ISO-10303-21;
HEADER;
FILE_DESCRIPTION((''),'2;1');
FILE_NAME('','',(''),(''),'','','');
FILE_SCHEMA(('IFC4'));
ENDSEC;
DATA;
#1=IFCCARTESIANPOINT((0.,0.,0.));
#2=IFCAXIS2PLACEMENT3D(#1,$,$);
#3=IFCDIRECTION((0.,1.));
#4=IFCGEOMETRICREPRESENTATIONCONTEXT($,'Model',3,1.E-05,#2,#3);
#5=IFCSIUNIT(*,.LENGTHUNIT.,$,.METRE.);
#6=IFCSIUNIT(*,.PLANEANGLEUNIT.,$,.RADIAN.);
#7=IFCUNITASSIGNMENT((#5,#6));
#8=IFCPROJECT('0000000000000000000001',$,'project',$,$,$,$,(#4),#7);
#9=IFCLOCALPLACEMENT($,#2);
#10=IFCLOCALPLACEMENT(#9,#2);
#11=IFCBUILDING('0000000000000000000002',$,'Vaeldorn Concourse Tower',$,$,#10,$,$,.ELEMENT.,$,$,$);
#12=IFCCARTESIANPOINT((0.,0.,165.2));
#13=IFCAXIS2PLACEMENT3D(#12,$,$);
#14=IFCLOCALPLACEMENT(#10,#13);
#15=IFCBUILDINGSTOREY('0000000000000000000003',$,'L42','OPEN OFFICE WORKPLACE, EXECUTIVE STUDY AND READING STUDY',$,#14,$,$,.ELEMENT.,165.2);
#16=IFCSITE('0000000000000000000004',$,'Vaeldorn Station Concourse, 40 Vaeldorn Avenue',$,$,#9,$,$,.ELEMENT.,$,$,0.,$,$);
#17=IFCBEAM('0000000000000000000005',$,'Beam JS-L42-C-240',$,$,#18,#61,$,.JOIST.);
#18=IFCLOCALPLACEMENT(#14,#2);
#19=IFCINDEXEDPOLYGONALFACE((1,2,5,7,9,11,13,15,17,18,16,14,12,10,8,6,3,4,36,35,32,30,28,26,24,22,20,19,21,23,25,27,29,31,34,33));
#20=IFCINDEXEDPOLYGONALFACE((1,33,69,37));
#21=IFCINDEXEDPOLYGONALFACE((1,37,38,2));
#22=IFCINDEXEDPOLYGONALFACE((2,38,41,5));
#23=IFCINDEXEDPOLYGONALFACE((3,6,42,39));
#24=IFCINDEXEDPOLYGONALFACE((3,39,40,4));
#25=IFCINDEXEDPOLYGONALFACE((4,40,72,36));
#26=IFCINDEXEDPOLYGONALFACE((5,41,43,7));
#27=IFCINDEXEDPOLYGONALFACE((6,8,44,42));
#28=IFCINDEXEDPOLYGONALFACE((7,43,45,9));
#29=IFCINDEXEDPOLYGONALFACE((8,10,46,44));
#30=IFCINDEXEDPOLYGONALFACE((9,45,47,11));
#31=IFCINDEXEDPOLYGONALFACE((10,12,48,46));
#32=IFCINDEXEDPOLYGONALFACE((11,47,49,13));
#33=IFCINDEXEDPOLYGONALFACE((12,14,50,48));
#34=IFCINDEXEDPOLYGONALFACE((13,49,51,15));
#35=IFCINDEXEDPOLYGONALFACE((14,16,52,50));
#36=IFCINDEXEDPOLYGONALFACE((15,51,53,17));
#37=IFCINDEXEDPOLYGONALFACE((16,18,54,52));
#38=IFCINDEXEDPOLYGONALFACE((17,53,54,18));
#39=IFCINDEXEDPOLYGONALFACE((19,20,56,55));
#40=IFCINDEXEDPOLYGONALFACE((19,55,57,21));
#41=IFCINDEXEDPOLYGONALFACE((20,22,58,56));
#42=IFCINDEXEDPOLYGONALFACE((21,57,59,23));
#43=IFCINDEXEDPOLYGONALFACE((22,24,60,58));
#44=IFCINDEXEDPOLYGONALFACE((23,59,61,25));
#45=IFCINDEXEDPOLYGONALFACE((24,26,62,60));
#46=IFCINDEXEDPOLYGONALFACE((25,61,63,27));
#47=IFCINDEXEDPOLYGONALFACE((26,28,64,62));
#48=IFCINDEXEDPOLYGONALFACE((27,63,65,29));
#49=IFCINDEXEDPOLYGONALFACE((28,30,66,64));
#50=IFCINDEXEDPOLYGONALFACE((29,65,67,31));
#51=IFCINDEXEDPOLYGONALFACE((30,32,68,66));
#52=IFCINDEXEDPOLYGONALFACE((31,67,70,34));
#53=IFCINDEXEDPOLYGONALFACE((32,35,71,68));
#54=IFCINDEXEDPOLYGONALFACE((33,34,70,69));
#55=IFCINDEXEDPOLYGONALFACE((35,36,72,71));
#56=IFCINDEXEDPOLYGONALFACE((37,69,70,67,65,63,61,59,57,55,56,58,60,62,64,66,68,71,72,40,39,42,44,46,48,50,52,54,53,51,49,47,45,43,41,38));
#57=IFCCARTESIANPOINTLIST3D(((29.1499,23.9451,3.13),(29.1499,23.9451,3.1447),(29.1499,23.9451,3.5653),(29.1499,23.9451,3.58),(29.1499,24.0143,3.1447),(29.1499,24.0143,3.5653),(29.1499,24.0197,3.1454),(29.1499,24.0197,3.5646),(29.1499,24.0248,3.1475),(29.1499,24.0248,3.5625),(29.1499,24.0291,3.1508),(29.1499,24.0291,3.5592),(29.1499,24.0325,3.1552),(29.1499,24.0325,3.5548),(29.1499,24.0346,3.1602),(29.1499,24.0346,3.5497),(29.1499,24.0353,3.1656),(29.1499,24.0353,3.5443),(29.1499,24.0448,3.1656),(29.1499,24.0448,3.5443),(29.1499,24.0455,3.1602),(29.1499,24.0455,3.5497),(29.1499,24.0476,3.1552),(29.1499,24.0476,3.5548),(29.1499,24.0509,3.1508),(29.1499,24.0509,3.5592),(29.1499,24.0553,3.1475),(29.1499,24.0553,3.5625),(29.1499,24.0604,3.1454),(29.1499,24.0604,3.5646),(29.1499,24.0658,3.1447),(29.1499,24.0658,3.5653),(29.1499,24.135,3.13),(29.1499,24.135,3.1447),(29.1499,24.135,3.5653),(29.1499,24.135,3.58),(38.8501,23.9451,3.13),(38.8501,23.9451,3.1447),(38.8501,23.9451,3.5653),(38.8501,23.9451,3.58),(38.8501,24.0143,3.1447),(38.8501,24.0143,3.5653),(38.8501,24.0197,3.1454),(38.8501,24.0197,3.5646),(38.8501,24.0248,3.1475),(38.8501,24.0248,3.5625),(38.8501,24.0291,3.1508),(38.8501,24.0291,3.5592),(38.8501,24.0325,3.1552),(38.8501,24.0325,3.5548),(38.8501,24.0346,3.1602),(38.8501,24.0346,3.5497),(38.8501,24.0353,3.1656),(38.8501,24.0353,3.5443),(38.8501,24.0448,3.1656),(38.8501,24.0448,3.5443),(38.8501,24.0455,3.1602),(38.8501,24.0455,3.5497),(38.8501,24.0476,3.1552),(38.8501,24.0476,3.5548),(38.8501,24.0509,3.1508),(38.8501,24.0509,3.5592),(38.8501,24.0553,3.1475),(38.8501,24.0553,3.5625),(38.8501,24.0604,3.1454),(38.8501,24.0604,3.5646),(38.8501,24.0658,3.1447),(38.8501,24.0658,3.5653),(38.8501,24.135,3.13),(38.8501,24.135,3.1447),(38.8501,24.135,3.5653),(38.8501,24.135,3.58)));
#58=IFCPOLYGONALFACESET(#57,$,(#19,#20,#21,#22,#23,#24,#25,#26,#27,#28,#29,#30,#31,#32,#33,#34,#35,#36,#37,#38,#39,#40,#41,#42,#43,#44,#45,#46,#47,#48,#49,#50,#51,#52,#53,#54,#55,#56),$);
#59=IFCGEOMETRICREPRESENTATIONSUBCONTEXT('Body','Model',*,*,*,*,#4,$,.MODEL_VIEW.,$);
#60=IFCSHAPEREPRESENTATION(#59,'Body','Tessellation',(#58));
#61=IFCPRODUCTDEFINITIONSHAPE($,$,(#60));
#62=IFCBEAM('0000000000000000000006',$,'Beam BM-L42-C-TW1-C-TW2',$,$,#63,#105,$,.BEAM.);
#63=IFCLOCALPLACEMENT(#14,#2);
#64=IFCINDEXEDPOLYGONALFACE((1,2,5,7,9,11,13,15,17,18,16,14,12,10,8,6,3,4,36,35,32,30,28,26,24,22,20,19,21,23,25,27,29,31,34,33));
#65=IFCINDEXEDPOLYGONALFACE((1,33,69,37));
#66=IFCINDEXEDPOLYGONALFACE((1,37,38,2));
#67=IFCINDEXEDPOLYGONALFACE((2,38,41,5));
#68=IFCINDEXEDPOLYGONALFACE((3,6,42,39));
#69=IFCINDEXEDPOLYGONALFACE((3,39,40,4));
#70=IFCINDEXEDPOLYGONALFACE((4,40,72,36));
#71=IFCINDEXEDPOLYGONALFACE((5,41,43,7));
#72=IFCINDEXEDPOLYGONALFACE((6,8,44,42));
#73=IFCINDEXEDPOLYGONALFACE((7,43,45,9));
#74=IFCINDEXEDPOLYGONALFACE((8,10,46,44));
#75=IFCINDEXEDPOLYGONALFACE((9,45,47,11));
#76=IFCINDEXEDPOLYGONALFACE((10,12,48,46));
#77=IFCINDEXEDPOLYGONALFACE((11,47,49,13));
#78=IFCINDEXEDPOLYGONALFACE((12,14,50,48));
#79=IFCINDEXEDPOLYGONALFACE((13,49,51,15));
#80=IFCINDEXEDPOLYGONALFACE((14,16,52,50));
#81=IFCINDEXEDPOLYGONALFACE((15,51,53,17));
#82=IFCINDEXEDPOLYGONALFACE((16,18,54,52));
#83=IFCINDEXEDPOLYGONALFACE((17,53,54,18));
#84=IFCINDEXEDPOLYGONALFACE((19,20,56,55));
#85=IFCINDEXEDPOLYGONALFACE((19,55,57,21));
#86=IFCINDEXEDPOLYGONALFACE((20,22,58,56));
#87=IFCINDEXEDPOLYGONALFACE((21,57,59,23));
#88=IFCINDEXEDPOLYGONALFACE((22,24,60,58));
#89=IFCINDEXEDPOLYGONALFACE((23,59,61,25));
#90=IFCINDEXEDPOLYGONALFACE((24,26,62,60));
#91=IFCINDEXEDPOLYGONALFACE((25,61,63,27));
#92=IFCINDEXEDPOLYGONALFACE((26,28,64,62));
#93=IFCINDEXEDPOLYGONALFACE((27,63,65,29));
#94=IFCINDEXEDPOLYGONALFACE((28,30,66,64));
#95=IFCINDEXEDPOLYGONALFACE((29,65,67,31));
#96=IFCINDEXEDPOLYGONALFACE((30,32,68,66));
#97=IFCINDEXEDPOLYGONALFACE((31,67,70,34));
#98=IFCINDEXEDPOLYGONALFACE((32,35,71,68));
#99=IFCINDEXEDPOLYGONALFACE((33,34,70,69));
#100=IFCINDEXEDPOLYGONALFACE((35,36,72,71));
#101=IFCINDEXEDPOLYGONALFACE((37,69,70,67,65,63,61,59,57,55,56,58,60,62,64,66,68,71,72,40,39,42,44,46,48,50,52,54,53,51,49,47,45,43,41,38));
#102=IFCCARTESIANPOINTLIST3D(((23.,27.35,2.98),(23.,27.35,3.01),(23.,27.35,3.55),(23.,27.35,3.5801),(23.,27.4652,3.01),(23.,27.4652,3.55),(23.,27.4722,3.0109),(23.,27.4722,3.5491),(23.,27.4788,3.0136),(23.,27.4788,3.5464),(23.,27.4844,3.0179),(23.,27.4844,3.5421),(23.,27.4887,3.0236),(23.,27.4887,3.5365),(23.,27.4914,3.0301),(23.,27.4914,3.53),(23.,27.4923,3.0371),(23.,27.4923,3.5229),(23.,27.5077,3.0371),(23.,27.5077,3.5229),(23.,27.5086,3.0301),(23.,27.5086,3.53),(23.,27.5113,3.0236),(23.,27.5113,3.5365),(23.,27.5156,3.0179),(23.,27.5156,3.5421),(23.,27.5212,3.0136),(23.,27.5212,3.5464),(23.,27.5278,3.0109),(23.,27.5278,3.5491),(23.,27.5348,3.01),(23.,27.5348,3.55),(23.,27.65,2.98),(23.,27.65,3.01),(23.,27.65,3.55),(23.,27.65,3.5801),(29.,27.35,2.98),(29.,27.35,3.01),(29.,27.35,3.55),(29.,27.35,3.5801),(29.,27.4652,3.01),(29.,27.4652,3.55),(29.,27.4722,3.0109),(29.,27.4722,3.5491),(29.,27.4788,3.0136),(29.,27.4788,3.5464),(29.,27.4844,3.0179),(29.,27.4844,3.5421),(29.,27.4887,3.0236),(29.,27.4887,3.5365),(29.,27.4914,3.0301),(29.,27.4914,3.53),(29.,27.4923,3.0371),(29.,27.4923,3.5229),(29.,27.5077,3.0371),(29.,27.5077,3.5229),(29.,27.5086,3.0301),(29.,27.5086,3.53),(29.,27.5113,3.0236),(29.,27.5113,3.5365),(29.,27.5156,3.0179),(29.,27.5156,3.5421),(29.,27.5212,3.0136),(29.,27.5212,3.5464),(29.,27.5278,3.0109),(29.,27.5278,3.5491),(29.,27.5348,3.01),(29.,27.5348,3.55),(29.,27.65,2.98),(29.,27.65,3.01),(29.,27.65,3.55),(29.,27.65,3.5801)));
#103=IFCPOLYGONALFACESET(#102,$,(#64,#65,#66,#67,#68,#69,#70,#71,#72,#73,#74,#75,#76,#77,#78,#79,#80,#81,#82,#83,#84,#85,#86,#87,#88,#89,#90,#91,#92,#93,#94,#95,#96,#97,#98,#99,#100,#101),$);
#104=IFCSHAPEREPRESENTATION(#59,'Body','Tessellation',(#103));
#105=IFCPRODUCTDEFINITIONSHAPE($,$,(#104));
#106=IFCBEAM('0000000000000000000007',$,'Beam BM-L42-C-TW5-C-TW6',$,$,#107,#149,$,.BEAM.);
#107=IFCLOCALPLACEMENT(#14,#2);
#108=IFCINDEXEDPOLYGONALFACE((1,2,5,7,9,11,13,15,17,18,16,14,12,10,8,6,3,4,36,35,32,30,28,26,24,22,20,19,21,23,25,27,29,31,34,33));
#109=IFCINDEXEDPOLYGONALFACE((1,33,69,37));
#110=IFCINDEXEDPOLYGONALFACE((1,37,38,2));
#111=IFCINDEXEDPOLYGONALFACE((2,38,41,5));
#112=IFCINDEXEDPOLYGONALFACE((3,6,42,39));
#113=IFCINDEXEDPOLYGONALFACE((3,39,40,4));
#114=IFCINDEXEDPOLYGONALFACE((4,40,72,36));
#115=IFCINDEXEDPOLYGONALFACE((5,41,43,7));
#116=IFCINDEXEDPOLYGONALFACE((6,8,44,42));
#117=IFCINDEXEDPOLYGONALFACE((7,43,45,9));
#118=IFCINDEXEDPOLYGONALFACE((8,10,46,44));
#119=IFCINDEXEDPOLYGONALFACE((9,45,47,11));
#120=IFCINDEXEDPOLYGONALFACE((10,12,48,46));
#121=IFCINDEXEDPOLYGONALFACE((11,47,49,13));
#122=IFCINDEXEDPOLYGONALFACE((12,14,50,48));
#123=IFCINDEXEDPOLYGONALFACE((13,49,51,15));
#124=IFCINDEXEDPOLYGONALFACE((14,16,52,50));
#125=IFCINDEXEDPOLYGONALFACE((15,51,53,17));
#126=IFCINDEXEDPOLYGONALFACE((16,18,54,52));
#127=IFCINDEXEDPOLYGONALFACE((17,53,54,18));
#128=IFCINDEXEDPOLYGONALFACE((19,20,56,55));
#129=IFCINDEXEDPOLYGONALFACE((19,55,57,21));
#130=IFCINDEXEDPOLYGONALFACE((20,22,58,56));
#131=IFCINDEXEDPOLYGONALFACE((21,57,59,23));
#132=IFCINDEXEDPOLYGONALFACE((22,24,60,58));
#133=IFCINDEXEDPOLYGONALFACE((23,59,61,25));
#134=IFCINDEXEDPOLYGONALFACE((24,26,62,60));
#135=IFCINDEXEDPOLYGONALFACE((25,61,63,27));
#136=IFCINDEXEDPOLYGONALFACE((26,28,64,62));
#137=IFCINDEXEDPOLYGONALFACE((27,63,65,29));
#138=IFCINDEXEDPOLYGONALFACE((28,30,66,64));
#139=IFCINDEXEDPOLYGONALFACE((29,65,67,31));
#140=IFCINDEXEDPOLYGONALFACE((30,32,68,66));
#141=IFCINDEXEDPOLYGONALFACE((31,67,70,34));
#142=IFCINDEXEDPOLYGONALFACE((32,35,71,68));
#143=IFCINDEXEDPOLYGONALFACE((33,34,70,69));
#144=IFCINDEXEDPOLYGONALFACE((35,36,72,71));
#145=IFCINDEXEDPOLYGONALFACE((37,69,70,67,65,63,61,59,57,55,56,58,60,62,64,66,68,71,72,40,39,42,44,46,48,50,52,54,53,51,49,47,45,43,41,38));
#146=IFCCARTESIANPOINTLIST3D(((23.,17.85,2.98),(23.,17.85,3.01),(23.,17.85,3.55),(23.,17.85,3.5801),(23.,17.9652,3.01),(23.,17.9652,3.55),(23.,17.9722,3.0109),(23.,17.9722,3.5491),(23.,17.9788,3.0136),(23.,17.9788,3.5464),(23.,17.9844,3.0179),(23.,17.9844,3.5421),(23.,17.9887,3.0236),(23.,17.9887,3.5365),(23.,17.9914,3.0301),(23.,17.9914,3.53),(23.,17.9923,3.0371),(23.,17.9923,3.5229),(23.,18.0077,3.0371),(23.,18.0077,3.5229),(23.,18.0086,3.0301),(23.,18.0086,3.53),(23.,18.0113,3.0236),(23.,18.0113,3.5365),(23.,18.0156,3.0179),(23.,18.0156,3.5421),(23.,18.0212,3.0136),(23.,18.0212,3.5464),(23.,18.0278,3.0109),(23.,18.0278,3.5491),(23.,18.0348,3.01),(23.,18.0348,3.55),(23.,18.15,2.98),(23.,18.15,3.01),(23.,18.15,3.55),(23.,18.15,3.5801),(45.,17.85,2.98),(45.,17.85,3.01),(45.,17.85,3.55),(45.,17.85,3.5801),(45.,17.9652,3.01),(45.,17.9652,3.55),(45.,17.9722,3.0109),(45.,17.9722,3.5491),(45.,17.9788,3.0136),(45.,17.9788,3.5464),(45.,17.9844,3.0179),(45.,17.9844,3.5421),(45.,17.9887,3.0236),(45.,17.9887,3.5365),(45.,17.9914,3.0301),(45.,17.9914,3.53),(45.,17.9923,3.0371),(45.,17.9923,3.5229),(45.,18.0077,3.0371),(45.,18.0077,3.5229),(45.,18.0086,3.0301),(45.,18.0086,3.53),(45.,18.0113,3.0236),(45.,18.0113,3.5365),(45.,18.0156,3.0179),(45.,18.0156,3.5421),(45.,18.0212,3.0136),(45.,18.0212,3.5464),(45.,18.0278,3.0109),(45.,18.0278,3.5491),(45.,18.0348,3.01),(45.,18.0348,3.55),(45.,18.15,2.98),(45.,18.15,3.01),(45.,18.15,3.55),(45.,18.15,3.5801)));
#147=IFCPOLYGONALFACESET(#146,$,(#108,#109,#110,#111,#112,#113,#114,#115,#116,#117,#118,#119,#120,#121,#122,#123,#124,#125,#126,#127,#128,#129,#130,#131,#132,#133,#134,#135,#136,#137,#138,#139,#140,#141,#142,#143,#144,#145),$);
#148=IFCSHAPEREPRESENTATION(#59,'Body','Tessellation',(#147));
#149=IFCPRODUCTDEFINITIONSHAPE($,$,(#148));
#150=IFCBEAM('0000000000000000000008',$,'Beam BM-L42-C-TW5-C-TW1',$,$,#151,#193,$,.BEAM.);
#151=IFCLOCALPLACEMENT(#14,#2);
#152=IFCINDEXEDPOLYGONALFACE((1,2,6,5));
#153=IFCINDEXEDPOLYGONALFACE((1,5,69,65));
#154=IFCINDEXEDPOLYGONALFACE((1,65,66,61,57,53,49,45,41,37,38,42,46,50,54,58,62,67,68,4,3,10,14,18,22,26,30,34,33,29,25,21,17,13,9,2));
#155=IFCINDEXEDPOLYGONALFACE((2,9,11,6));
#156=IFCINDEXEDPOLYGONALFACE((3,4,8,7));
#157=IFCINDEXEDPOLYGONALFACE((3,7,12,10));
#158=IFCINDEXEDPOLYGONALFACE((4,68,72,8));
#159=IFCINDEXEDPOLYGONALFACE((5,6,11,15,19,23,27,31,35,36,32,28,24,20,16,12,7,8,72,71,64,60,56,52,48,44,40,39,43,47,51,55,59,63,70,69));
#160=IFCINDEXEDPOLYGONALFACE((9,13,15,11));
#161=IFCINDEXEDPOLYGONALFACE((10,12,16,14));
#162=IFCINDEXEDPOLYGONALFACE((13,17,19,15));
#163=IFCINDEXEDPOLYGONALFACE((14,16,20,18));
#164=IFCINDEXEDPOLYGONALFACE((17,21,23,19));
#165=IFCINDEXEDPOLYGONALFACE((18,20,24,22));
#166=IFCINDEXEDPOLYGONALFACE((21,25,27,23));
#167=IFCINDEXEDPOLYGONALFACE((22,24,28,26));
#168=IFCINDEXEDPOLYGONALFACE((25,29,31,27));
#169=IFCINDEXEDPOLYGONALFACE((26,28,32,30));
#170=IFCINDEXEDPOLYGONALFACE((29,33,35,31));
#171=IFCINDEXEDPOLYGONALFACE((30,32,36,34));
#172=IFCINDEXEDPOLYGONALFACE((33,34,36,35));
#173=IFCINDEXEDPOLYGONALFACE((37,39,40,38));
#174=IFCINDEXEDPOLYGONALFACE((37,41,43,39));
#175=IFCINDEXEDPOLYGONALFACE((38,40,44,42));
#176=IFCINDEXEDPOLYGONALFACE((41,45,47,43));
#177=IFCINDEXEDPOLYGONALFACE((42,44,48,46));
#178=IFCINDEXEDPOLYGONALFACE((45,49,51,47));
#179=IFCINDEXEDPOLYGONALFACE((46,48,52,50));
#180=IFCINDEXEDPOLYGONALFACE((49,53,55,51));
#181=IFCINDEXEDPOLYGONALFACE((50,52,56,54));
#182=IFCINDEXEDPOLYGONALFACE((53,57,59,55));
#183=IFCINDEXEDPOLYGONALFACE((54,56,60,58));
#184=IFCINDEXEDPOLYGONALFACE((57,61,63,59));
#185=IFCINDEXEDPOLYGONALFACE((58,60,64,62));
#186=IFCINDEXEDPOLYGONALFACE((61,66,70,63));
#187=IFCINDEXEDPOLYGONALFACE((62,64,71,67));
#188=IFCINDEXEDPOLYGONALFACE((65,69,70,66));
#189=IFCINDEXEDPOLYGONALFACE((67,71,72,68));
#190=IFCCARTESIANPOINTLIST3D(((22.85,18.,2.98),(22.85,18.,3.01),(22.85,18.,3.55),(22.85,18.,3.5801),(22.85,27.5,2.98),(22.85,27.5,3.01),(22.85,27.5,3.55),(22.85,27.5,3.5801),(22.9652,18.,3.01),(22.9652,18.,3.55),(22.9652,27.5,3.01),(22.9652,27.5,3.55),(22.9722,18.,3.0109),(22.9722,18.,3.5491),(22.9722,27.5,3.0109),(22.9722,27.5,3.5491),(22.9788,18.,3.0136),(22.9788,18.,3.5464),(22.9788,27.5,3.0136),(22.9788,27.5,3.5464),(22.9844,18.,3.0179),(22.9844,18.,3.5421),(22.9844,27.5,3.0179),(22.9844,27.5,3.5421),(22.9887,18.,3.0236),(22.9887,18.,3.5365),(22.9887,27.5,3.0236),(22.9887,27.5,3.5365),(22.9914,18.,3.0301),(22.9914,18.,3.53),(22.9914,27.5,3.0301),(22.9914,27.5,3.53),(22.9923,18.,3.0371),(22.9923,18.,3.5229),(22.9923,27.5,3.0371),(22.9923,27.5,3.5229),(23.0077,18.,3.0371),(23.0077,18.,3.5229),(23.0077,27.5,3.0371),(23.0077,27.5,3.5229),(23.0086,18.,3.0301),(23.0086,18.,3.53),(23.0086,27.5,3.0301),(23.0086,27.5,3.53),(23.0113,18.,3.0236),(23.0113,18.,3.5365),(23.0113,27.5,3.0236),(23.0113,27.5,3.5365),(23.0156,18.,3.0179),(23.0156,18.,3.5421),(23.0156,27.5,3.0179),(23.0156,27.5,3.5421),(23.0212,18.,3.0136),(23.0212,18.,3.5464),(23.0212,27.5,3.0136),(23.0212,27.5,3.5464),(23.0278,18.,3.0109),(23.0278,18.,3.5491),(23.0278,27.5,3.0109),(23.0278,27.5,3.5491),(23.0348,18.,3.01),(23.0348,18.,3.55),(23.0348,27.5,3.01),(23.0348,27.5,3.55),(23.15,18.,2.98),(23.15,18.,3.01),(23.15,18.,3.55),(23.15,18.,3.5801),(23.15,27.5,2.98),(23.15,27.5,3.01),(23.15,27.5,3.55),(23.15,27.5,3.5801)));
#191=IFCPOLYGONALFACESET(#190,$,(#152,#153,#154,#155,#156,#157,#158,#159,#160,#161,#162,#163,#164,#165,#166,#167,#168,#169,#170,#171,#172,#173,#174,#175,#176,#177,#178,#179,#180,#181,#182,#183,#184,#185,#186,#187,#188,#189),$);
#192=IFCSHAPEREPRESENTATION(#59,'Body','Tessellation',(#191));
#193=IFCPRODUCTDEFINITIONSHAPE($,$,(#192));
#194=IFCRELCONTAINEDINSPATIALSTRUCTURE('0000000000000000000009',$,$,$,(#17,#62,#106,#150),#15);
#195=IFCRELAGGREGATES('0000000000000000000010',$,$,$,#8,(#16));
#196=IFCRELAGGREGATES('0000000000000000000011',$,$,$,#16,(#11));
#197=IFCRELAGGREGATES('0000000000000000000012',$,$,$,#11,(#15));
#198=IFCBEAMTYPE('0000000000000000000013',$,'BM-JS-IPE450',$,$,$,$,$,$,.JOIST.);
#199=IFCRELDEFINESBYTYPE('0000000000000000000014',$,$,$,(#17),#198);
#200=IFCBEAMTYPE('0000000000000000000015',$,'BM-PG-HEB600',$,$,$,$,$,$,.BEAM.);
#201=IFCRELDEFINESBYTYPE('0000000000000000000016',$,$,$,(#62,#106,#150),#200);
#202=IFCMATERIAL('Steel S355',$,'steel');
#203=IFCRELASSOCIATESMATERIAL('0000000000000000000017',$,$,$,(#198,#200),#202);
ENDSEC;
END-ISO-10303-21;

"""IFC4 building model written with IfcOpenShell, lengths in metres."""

from ifc_helpers import new_model, si_unit, direction, frame, origin, origin_2d, place, context, subcontext, project, spatial, i_section, extrude, source, transform, mapped, material, material_profile, profile_set, type_object, element, save


model = new_model("IFC4")

# Units and contexts
model_context = context("Model", 3, precision=1e-05, world=origin(), true_north=direction((0.0, 1.0)))
body_context = subcontext(model_context, "Body", "Model", "MODEL_VIEW")
ifc_project = project(units=[si_unit("LENGTHUNIT", "METRE"), si_unit("PLANEANGLEUNIT", "RADIAN")], contexts=[model_context])

# Site, building, storey
site_placement = place(None, origin())
site = spatial("IfcSite", under=ifc_project, at=site_placement, Name="Vaeldorn Station Concourse, 40 Vaeldorn Avenue", CompositionType="ELEMENT", RefElevation=0.0)
building_placement = place(site_placement, origin())
building = spatial("IfcBuilding", under=site, at=building_placement, Name="Vaeldorn Concourse Tower", CompositionType="ELEMENT")
storey_placement = place(building_placement, frame((0.0, 0.0, 165.2)))
storey = spatial("IfcBuildingStorey", under=building, at=storey_placement, Name="L42", Description="OPEN OFFICE WORKPLACE, EXECUTIVE STUDY AND READING STUDY", CompositionType="ELEMENT", Elevation=165.2)

# Beams
ifc_material_1 = material(Name="Steel S355", Category="steel")
ifc_material_profile_1 = material_profile(ifc_material_1, i_section(OverallWidth=0.1899, OverallDepth=0.45, WebThickness=0.0095, FlangeThickness=0.0146, FilletRadius=0.021, at=origin_2d()), Name="IPE 450")
ifc_profile_set_1 = profile_set([ifc_material_profile_1], Name="Steel S355")
beam_type_1 = type_object("IfcBeamType", Name="BM-JS-IPE450", PredefinedType="JOIST", material=ifc_profile_set_1)
shared_shape_1 = source(origin(), body_context, "Body", "SweptSolid", [
    extrude(i_section(OverallWidth=0.1899, OverallDepth=0.45, WebThickness=0.0095, FlangeThickness=0.0146, FilletRadius=0.021, at=origin_2d()), origin(), (0.0, 0.0, 1.0), 9.7002),
])
for number, where, z_axis, x_axis, name in (
    (1, (29.1499, 24.04, 3.355), (1.0, 0.0, 0.0), (0.0, 1.0, 0.0), "Beam JS-L42-C-240"),
):
    element("IfcBeam", number, at=place(storey_placement, frame(where, z_axis=z_axis, x_axis=x_axis)), inside=storey, type_object=beam_type_1, Name=name, PredefinedType="JOIST", context=body_context, shape_type="MappedRepresentation", body=[
        mapped(shared_shape_1, transform((0.0, 0.0, 0.0), scale=1.0)),
    ])
ifc_material_profile_2 = material_profile(ifc_material_1, i_section(OverallWidth=0.3, OverallDepth=0.6001, WebThickness=0.0154, FlangeThickness=0.03, FilletRadius=0.0271, at=origin_2d()), Name="HEB 600")
ifc_profile_set_2 = profile_set([ifc_material_profile_2], Name="Steel S355")
beam_type_2 = type_object("IfcBeamType", Name="BM-PG-HEB600", PredefinedType="BEAM", material=ifc_profile_set_2)
shared_shape_2 = source(origin(), body_context, "Body", "SweptSolid", [
    extrude(i_section(OverallWidth=0.3, OverallDepth=0.6001, WebThickness=0.0154, FlangeThickness=0.03, FilletRadius=0.0271, at=origin_2d()), origin(), (0.0, 0.0, 1.0), 6.0),
])
beam_1_placement = place(storey_placement, frame((23.0, 27.5, 3.28), z_axis=(1.0, 0.0, 0.0), x_axis=(0.0, 1.0, 0.0)))
element("IfcBeam", 2, at=beam_1_placement, inside=storey, type_object=beam_type_2, Name="Beam BM-L42-C-TW1-C-TW2", PredefinedType="BEAM", context=body_context, shape_type="MappedRepresentation", body=[
    mapped(shared_shape_2, transform((0.0, 0.0, 0.0), scale=1.0)),
])
shared_shape_3 = source(origin(), body_context, "Body", "SweptSolid", [
    extrude(i_section(OverallWidth=0.3, OverallDepth=0.6001, WebThickness=0.0154, FlangeThickness=0.03, FilletRadius=0.0271, at=origin_2d()), origin(), (0.0, 0.0, 1.0), 22.0),
])
beam_2_placement = place(storey_placement, frame((23.0, 18.0, 3.28), z_axis=(1.0, 0.0, 0.0), x_axis=(0.0, 1.0, 0.0)))
element("IfcBeam", 3, at=beam_2_placement, inside=storey, type_object=beam_type_2, Name="Beam BM-L42-C-TW5-C-TW6", PredefinedType="BEAM", context=body_context, shape_type="MappedRepresentation", body=[
    mapped(shared_shape_3, transform((0.0, 0.0, 0.0), scale=1.0)),
])
shared_shape_4 = source(origin(), body_context, "Body", "SweptSolid", [
    extrude(i_section(OverallWidth=0.3, OverallDepth=0.6001, WebThickness=0.0154, FlangeThickness=0.03, FilletRadius=0.0271, at=origin_2d()), origin(), (0.0, 0.0, 1.0), 9.5),
])
beam_3_placement = place(storey_placement, frame((23.0, 18.0, 3.28), z_axis=(0.0, 1.0, 0.0), x_axis=(-1.0, 0.0, 0.0)))
element("IfcBeam", 4, at=beam_3_placement, inside=storey, type_object=beam_type_2, Name="Beam BM-L42-C-TW5-C-TW1", PredefinedType="BEAM", context=body_context, shape_type="MappedRepresentation", body=[
    mapped(shared_shape_4, transform((0.0, 0.0, 0.0), scale=1.0)),
])

save(model, "model.ifc")
